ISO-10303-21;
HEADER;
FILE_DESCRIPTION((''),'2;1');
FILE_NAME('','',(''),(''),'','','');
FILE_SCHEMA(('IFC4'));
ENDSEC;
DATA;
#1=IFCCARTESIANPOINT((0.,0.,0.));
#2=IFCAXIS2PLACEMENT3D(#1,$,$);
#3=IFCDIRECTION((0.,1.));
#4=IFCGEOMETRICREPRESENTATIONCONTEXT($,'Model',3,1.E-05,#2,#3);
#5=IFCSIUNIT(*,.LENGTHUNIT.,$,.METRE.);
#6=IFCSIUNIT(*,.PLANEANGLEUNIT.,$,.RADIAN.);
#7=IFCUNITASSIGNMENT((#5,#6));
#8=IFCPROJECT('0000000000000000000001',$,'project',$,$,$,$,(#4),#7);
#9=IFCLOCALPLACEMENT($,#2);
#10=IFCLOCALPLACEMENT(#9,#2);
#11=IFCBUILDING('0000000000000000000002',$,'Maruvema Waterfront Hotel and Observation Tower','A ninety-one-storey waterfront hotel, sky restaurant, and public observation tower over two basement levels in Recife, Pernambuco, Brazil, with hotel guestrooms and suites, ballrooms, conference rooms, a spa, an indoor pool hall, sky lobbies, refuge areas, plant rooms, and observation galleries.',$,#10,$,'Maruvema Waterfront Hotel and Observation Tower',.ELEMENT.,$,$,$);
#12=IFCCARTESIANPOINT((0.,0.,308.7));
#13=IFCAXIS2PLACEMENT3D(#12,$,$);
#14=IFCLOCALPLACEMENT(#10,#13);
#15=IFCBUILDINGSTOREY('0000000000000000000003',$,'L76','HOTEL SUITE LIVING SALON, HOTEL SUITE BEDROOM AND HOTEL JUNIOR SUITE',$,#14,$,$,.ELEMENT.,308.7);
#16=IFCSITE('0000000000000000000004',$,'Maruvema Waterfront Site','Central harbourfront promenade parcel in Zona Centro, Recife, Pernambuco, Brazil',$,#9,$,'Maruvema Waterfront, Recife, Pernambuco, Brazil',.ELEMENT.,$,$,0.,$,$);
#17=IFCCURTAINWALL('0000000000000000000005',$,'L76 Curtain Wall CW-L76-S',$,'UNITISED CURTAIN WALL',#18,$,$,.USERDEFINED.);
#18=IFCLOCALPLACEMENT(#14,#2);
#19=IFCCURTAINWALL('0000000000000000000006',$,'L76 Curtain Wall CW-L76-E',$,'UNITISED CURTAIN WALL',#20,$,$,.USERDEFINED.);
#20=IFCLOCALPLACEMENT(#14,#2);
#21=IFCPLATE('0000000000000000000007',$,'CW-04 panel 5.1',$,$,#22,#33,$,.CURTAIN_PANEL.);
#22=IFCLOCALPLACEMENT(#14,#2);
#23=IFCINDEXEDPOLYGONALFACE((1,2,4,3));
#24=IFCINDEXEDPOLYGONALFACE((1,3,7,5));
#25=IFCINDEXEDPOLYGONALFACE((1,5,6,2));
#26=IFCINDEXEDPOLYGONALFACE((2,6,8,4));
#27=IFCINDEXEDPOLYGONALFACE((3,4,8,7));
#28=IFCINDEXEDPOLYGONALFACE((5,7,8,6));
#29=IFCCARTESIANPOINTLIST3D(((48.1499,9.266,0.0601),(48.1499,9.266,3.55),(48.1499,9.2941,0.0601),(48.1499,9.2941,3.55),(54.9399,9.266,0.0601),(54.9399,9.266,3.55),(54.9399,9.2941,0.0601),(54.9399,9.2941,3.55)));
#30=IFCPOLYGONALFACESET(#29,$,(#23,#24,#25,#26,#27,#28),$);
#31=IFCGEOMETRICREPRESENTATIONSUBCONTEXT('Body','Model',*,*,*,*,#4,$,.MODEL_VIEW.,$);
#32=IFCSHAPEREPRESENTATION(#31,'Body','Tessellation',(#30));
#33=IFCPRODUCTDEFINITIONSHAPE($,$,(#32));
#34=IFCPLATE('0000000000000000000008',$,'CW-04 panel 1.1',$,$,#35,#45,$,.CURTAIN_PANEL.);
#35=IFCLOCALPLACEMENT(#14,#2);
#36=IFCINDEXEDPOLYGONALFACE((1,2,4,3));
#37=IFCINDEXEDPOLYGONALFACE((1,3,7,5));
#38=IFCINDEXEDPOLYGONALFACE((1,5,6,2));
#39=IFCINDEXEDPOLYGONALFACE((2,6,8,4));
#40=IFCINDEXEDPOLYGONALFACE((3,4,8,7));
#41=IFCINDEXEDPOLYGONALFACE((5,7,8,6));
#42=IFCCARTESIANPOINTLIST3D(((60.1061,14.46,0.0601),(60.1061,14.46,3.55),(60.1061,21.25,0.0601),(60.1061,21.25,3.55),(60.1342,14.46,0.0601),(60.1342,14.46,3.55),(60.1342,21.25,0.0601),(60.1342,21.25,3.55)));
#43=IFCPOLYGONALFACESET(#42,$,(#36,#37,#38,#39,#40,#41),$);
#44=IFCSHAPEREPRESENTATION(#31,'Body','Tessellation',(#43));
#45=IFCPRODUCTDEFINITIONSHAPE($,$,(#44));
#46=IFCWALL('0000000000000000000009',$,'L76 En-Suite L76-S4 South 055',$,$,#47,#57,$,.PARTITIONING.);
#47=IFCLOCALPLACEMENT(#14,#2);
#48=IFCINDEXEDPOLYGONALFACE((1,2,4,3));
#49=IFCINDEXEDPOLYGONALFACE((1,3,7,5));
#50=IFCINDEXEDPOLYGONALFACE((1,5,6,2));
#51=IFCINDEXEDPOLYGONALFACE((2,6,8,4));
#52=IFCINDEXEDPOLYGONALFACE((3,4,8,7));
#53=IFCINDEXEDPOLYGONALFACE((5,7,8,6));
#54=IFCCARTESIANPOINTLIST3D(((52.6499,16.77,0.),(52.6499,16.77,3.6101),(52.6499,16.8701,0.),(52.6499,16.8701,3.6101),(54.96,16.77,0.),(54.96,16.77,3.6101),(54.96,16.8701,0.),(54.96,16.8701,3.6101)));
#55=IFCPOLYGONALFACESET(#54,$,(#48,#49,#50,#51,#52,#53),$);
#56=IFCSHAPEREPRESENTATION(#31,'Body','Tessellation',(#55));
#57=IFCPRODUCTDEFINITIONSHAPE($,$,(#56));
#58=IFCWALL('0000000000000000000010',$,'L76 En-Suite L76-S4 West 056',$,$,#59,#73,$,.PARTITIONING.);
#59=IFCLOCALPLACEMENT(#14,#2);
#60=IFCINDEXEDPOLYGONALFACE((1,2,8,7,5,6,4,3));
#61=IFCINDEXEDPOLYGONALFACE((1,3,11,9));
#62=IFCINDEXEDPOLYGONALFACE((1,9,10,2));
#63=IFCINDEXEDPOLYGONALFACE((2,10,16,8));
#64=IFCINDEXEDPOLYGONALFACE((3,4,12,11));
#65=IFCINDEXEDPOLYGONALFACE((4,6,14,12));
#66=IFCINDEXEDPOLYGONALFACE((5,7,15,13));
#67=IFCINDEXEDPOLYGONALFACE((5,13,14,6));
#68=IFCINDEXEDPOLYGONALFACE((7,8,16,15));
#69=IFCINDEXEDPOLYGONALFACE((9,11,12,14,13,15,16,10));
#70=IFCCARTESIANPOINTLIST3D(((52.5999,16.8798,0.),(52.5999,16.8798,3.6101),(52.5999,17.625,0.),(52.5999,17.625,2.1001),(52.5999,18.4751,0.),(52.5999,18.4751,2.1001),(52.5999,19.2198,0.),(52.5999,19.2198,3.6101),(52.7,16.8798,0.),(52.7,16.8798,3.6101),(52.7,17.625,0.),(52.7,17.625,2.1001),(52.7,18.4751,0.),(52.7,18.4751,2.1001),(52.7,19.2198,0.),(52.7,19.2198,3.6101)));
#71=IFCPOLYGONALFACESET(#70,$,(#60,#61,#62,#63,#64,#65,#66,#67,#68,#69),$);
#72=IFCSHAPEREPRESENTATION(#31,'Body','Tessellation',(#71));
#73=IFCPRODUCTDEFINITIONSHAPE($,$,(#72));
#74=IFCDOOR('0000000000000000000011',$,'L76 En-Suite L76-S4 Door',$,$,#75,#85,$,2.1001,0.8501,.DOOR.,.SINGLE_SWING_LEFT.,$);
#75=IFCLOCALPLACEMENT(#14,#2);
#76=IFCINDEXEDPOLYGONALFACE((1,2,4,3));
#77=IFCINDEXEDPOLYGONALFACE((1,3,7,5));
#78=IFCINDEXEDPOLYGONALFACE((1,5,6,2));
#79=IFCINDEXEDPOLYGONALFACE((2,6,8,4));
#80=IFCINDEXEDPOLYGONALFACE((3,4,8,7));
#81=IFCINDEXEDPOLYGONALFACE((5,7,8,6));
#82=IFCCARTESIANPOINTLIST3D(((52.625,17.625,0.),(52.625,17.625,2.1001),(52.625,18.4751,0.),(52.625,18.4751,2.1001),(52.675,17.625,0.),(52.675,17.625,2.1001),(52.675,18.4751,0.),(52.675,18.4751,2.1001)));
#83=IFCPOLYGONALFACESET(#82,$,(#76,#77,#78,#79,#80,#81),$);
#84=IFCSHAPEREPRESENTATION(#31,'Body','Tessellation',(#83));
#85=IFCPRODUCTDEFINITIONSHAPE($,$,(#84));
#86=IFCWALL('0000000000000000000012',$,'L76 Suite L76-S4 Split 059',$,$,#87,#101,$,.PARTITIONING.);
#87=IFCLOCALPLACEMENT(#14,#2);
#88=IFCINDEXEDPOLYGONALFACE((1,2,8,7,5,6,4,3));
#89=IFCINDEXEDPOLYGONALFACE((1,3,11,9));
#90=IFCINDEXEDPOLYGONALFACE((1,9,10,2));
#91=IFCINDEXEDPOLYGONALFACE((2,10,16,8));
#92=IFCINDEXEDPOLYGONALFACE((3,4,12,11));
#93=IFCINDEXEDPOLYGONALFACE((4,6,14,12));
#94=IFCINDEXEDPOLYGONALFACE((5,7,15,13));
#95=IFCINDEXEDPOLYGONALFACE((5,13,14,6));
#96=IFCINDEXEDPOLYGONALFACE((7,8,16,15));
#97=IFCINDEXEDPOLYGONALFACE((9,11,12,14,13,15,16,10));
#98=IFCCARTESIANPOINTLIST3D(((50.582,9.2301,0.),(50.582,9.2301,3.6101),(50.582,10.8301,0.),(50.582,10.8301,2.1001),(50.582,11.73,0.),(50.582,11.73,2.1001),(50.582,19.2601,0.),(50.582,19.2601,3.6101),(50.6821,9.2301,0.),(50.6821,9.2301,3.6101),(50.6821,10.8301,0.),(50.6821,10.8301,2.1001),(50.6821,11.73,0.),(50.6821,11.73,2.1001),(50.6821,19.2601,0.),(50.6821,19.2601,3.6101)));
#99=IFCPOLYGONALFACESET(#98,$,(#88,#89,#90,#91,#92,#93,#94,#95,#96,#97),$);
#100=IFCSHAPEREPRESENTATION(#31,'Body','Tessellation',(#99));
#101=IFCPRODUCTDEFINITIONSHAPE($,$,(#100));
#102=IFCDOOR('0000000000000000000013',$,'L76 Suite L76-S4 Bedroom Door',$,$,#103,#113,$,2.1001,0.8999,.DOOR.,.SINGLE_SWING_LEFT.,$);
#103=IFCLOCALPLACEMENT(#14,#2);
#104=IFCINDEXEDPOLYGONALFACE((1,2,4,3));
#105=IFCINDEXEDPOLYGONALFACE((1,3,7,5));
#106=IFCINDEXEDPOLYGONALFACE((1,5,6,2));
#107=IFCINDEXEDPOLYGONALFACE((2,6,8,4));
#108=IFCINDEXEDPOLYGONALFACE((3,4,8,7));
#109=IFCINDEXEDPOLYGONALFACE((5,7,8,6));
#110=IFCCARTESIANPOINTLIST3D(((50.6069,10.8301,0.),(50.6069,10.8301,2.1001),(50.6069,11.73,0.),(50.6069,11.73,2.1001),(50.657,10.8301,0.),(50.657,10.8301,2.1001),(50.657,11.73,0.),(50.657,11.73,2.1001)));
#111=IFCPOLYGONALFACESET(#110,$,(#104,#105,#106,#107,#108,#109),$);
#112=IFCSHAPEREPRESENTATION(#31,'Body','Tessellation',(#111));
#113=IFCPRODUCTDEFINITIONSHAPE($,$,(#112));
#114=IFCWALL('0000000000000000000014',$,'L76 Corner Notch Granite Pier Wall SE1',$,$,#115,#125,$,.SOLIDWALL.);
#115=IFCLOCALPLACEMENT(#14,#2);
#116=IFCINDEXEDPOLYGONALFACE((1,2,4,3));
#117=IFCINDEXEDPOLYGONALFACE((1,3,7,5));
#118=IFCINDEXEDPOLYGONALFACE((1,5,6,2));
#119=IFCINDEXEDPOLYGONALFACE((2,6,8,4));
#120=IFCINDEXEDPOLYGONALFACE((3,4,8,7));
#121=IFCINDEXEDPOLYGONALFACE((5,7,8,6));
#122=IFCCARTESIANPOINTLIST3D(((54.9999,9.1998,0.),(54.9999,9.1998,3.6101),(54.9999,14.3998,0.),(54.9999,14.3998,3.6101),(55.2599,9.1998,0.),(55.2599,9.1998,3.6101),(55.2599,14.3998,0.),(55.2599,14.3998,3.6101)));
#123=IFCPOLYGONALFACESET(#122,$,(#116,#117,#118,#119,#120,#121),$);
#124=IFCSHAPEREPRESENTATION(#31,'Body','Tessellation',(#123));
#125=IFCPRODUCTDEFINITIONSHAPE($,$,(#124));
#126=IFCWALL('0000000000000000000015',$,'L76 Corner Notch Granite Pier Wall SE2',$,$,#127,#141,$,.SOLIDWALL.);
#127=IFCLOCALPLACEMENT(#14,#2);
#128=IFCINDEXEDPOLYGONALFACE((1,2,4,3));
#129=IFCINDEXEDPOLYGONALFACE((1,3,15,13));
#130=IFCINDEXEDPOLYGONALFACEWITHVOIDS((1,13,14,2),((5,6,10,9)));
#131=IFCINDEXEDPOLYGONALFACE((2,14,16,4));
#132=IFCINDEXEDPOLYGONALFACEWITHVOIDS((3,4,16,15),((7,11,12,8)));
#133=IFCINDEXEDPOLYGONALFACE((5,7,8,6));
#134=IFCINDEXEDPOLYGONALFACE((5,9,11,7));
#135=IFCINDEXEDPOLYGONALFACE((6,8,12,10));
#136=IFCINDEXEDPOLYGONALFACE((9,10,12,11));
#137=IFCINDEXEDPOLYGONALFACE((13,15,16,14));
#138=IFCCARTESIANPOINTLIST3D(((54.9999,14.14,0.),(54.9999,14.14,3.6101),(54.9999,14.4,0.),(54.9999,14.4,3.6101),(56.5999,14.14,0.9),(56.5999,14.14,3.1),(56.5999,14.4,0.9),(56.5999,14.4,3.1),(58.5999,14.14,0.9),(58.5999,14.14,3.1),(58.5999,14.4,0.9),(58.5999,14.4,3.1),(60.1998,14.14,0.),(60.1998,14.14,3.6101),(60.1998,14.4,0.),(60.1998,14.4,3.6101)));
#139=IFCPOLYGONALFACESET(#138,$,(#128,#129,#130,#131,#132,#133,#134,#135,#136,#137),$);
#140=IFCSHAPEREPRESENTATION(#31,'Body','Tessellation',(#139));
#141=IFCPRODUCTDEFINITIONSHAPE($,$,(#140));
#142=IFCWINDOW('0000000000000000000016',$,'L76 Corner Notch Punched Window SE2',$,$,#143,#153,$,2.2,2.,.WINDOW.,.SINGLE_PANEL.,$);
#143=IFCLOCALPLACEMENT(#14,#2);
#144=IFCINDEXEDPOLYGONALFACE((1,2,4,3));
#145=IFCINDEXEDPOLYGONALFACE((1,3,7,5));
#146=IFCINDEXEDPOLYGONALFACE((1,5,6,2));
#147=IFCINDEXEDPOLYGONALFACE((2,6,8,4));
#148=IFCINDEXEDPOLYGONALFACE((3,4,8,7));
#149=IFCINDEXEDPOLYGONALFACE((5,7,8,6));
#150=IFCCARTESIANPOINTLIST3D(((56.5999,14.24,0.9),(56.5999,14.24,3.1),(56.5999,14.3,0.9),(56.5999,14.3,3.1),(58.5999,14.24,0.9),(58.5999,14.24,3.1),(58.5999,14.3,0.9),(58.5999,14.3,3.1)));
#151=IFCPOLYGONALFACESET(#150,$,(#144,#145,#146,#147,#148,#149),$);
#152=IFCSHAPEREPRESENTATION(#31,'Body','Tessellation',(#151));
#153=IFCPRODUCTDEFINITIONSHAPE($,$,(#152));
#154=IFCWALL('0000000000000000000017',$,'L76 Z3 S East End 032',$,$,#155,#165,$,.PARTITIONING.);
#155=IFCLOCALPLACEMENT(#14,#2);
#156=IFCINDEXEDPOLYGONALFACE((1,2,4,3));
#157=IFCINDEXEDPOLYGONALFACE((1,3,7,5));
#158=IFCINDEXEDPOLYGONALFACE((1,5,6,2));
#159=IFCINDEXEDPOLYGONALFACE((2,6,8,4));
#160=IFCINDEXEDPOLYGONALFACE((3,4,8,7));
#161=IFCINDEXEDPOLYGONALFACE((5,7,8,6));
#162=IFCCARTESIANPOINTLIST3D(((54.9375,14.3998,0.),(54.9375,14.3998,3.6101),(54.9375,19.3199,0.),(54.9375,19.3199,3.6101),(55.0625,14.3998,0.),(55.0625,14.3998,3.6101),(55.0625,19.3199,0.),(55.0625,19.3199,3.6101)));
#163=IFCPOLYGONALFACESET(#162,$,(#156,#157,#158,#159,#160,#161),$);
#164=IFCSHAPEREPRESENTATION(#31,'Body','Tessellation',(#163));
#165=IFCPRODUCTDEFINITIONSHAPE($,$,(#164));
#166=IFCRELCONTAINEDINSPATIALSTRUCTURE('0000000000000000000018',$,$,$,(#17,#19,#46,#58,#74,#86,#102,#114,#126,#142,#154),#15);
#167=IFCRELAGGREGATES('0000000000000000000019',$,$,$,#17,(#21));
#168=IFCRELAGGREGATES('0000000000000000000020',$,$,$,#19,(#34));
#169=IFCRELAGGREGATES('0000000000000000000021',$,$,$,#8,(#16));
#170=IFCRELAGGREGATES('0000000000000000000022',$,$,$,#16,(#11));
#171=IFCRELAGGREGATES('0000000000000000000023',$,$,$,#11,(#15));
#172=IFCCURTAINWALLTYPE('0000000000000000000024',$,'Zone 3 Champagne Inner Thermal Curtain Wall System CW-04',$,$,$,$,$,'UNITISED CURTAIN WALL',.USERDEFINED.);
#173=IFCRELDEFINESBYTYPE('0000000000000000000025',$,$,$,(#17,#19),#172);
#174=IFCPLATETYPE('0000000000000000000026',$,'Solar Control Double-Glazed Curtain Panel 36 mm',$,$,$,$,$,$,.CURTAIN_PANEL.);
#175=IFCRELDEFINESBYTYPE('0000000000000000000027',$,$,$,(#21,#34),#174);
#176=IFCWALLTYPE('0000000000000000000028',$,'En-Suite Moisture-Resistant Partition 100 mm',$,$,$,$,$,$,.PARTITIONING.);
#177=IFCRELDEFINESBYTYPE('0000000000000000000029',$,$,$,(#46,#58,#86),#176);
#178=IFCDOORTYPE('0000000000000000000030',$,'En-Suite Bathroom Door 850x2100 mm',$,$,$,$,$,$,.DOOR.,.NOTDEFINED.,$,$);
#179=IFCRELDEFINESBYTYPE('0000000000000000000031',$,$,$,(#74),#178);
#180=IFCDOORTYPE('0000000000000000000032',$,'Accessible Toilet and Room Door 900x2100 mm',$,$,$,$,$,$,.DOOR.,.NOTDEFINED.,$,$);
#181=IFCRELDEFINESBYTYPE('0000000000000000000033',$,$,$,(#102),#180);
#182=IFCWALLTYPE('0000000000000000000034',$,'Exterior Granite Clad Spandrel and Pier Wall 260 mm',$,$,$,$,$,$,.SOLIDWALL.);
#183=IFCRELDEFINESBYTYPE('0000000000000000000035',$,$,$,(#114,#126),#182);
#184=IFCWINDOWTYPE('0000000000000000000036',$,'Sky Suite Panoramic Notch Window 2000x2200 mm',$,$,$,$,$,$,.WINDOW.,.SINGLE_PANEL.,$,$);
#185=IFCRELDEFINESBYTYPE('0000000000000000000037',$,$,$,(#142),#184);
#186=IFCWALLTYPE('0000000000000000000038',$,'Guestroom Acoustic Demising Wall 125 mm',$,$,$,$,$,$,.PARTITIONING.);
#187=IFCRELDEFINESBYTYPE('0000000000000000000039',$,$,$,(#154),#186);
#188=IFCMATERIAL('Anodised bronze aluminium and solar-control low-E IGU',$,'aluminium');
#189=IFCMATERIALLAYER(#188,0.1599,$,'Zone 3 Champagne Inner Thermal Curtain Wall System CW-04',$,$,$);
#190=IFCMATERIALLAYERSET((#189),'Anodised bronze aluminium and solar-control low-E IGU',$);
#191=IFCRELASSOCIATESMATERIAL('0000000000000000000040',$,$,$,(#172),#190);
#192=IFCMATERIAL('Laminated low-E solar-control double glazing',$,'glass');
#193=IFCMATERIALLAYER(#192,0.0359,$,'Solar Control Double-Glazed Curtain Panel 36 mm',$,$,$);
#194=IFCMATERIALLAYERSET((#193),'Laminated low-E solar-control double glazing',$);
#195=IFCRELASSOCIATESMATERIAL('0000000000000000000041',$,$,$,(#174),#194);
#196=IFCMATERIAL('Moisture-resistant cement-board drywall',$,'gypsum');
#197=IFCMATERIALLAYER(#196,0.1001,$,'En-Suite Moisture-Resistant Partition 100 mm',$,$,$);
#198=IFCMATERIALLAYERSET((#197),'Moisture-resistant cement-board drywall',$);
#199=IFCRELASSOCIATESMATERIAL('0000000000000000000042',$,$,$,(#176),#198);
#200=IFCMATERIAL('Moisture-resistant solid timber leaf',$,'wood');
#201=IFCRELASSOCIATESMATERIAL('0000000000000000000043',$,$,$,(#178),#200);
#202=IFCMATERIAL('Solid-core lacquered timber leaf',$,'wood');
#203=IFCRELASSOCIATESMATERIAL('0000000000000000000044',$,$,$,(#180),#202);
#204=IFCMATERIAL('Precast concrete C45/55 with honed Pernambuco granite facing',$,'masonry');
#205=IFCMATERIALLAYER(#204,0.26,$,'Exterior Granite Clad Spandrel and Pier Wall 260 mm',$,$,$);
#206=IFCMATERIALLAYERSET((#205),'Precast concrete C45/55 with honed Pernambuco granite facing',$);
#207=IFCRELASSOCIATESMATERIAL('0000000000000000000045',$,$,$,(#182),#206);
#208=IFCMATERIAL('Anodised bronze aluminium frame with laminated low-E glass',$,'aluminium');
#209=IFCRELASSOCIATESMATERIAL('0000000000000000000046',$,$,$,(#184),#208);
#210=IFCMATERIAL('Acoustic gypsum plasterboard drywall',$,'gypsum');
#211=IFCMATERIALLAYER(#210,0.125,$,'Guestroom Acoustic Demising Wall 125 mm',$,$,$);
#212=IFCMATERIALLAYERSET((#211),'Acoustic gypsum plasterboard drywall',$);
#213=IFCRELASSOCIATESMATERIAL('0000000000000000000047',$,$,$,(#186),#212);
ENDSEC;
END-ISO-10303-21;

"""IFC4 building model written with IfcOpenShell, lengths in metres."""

from ifc_helpers import new_model, si_unit, direction, frame, frame_2d, origin, origin_2d, place, context, subcontext, project, spatial, rectangle, extrude, material, layer, layer_set, type_object, element, fill, aggregate, save


model = new_model("IFC4")

# Units and contexts
model_context = context("Model", 3, precision=1e-05, world=origin(), true_north=direction((0.0, 1.0)))
body_context = subcontext(model_context, "Body", "Model", "MODEL_VIEW")
ifc_project = project(units=[si_unit("LENGTHUNIT", "METRE"), si_unit("PLANEANGLEUNIT", "RADIAN")], contexts=[model_context])

# Site, building, storey
site_placement = place(None, origin())
site = spatial("IfcSite", under=ifc_project, at=site_placement, Name="Maruvema Waterfront Site", Description="Central harbourfront promenade parcel in Zona Centro, Recife, Pernambuco, Brazil", LongName="Maruvema Waterfront, Recife, Pernambuco, Brazil", CompositionType="ELEMENT", RefElevation=0.0)
building_placement = place(site_placement, origin())
building = spatial("IfcBuilding", under=site, at=building_placement, Name="Maruvema Waterfront Hotel and Observation Tower", Description="A ninety-one-storey waterfront hotel, sky restaurant, and public observation tower over two basement levels in Recife, Pernambuco, Brazil, with hotel guestrooms and suites, ballrooms, conference rooms, a spa, an indoor pool hall, sky lobbies, refuge areas, plant rooms, and observation galleries.", LongName="Maruvema Waterfront Hotel and Observation Tower", CompositionType="ELEMENT")
storey_placement = place(building_placement, frame((0.0, 0.0, 308.7)))
storey = spatial("IfcBuildingStorey", under=building, at=storey_placement, Name="L76", Description="HOTEL SUITE LIVING SALON, HOTEL SUITE BEDROOM AND HOTEL JUNIOR SUITE", CompositionType="ELEMENT", Elevation=308.7)

# Curtain wall
ifc_material_1 = material(Name="Anodised bronze aluminium and solar-control low-E IGU", Category="aluminium")
ifc_layer_1 = layer(ifc_material_1, 0.1599, Name="Zone 3 Champagne Inner Thermal Curtain Wall System CW-04")
ifc_layer_set_1 = layer_set([ifc_layer_1], Name="Anodised bronze aluminium and solar-control low-E IGU")
curtain_wall_type = type_object("IfcCurtainWallType", Name="Zone 3 Champagne Inner Thermal Curtain Wall System CW-04", ElementType="UNITISED CURTAIN WALL", PredefinedType="USERDEFINED", material=ifc_layer_set_1)
curtain_wall_1_placement = place(storey_placement, origin())
curtain_wall_1 = element("IfcCurtainWall", 1, at=curtain_wall_1_placement, inside=storey, type_object=curtain_wall_type, Name="L76 Curtain Wall CW-L76-S", ObjectType="UNITISED CURTAIN WALL", PredefinedType="USERDEFINED")

# Curtain wall
curtain_wall_2_placement = place(storey_placement, origin())
curtain_wall_2 = element("IfcCurtainWall", 2, at=curtain_wall_2_placement, inside=storey, type_object=curtain_wall_type, Name="L76 Curtain Wall CW-L76-E", ObjectType="UNITISED CURTAIN WALL", PredefinedType="USERDEFINED")

# Plates
ifc_material_2 = material(Name="Laminated low-E solar-control double glazing", Category="glass")
ifc_layer_2 = layer(ifc_material_2, 0.0359, Name="Solar Control Double-Glazed Curtain Panel 36 mm")
ifc_layer_set_2 = layer_set([ifc_layer_2], Name="Laminated low-E solar-control double glazing")
plate_type = type_object("IfcPlateType", Name="Solar Control Double-Glazed Curtain Panel 36 mm", PredefinedType="CURTAIN_PANEL", material=ifc_layer_set_2)
plate_1_placement = place(storey_placement, frame((51.5449, 9.28, 0.0601), z_axis=(0.0, 0.0, 1.0), x_axis=(1.0, 0.0, 0.0)))
plate_1 = element("IfcPlate", 3, at=plate_1_placement, type_object=plate_type, Name="CW-04 panel 5.1", PredefinedType="CURTAIN_PANEL", context=body_context, shape_type="SweptSolid", body=[
    extrude(rectangle(XDim=6.79, YDim=0.0281, at=origin_2d()), origin(), (0.0, 0.0, 1.0), 3.49),
])
aggregate(curtain_wall_1, [plate_1])
plate_2_placement = place(storey_placement, frame((60.1201, 17.855, 0.0601), z_axis=(0.0, 0.0, 1.0), x_axis=(0.0, 1.0, 0.0)))
plate_2 = element("IfcPlate", 4, at=plate_2_placement, type_object=plate_type, Name="CW-04 panel 1.1", PredefinedType="CURTAIN_PANEL", context=body_context, shape_type="SweptSolid", body=[
    extrude(rectangle(XDim=6.79, YDim=0.0281, at=origin_2d()), origin(), (0.0, 0.0, 1.0), 3.49),
])
aggregate(curtain_wall_2, [plate_2])

# Wall
ifc_material_3 = material(Name="Moisture-resistant cement-board drywall", Category="gypsum")
ifc_layer_3 = layer(ifc_material_3, 0.1001, Name="En-Suite Moisture-Resistant Partition 100 mm")
ifc_layer_set_3 = layer_set([ifc_layer_3], Name="Moisture-resistant cement-board drywall")
wall_type_1 = type_object("IfcWallType", Name="En-Suite Moisture-Resistant Partition 100 mm", PredefinedType="PARTITIONING", material=ifc_layer_set_3)
wall_1_placement = place(storey_placement, frame((52.6499, 16.8201, 0.0), z_axis=(0.0, 0.0, 1.0), x_axis=(1.0, 0.0, 0.0)))
element("IfcWall", 5, at=wall_1_placement, inside=storey, type_object=wall_type_1, Name="L76 En-Suite L76-S4 South 055", PredefinedType="PARTITIONING", context=body_context, shape_type="SweptSolid", body=[
    extrude(rectangle(XDim=2.3101, YDim=0.1001, at=frame_2d((1.155, 0.0))), origin(), (0.0, 0.0, 1.0), 3.6101),
])

# Walls, openings, doors
wall_2_placement = place(storey_placement, frame((52.6499, 16.8799, 0.0), z_axis=(0.0, 0.0, 1.0), x_axis=(0.0, 1.0, 0.0)))
wall_2 = element("IfcWall", 6, at=wall_2_placement, inside=storey, type_object=wall_type_1, Name="L76 En-Suite L76-S4 West 056", PredefinedType="PARTITIONING", context=body_context, shape_type="SweptSolid", body=[
    extrude(rectangle(XDim=2.3401, YDim=0.1001, at=frame_2d((1.1699, 0.0))), origin(), (0.0, 0.0, 1.0), 3.6101),
])
opening_1_placement = place(wall_2_placement, frame((0.7451, 0.0, 0.0)))
opening_1 = element("IfcOpeningElement", 7, at=opening_1_placement, cuts=wall_2, PredefinedType="OPENING", context=body_context, shape_type="SweptSolid", body=[
    extrude(rectangle(XDim=0.8501, YDim=2.1001, at=frame_2d((0.425, 1.05))), frame((0.0, 0.0601, 0.0), z_axis=(0.0, -1.0, 0.0), x_axis=(1.0, 0.0, 0.0)), (0.0, 0.0, 1.0), 0.1201),
])
ifc_material_4 = material(Name="Moisture-resistant solid timber leaf", Category="wood")
door_type_1 = type_object("IfcDoorType", Name="En-Suite Bathroom Door 850x2100 mm", OperationType="NOTDEFINED", PredefinedType="DOOR", material=ifc_material_4)
door_1_placement = place(opening_1_placement, origin())
door_1 = element("IfcDoor", 8, at=door_1_placement, inside=storey, type_object=door_type_1, Name="L76 En-Suite L76-S4 Door", OperationType="SINGLE_SWING_LEFT", OverallHeight=2.1001, OverallWidth=0.8501, PredefinedType="DOOR", context=body_context, shape_type="SweptSolid", body=[
    extrude(rectangle(XDim=0.8501, YDim=2.1001, at=frame_2d((0.425, 1.05))), frame((0.0, 0.0249, 0.0), z_axis=(0.0, -1.0, 0.0), x_axis=(1.0, 0.0, 0.0)), (0.0, 0.0, 1.0), 0.05),
])
fill(opening_1, door_1)
wall_3_placement = place(storey_placement, frame((50.6321, 9.23, 0.0), z_axis=(0.0, 0.0, 1.0), x_axis=(0.0, 1.0, 0.0)))
wall_3 = element("IfcWall", 9, at=wall_3_placement, inside=storey, type_object=wall_type_1, Name="L76 Suite L76-S4 Split 059", PredefinedType="PARTITIONING", context=body_context, shape_type="SweptSolid", body=[
    extrude(rectangle(XDim=10.03, YDim=0.1001, at=frame_2d((5.0151, 0.0))), origin(), (0.0, 0.0, 1.0), 3.6101),
])
opening_2_placement = place(wall_3_placement, frame((1.6001, 0.0, 0.0)))
opening_2 = element("IfcOpeningElement", 10, at=opening_2_placement, cuts=wall_3, PredefinedType="OPENING", context=body_context, shape_type="SweptSolid", body=[
    extrude(rectangle(XDim=0.8999, YDim=2.1001, at=frame_2d((0.45, 1.05))), frame((0.0, 0.0601, 0.0), z_axis=(0.0, -1.0, 0.0), x_axis=(1.0, 0.0, 0.0)), (0.0, 0.0, 1.0), 0.1201),
])
ifc_material_5 = material(Name="Solid-core lacquered timber leaf", Category="wood")
door_type_2 = type_object("IfcDoorType", Name="Accessible Toilet and Room Door 900x2100 mm", OperationType="NOTDEFINED", PredefinedType="DOOR", material=ifc_material_5)
door_2_placement = place(opening_2_placement, frame((0.8999, 0.0, 0.0), z_axis=(0.0, 0.0, 1.0), x_axis=(-1.0, 0.0, 0.0)))
door_2 = element("IfcDoor", 11, at=door_2_placement, inside=storey, type_object=door_type_2, Name="L76 Suite L76-S4 Bedroom Door", OperationType="SINGLE_SWING_LEFT", OverallHeight=2.1001, OverallWidth=0.8999, PredefinedType="DOOR", context=body_context, shape_type="SweptSolid", body=[
    extrude(rectangle(XDim=0.8999, YDim=2.1001, at=frame_2d((0.45, 1.05))), frame((0.0, 0.0249, 0.0), z_axis=(0.0, -1.0, 0.0), x_axis=(1.0, 0.0, 0.0)), (0.0, 0.0, 1.0), 0.05),
])
fill(opening_2, door_2)

# Wall
ifc_material_6 = material(Name="Precast concrete C45/55 with honed Pernambuco granite facing", Category="masonry")
ifc_layer_4 = layer(ifc_material_6, 0.26, Name="Exterior Granite Clad Spandrel and Pier Wall 260 mm")
ifc_layer_set_4 = layer_set([ifc_layer_4], Name="Precast concrete C45/55 with honed Pernambuco granite facing")
wall_type_2 = type_object("IfcWallType", Name="Exterior Granite Clad Spandrel and Pier Wall 260 mm", PredefinedType="SOLIDWALL", material=ifc_layer_set_4)
wall_4_placement = place(storey_placement, frame((55.1299, 14.3999, 0.0), z_axis=(0.0, 0.0, 1.0), x_axis=(0.0, -1.0, 0.0)))
element("IfcWall", 12, at=wall_4_placement, inside=storey, type_object=wall_type_2, Name="L76 Corner Notch Granite Pier Wall SE1", PredefinedType="SOLIDWALL", context=body_context, shape_type="SweptSolid", body=[
    extrude(rectangle(XDim=5.2, YDim=0.26, at=frame_2d((2.6001, 0.0))), origin(), (0.0, 0.0, 1.0), 3.6101),
])

# Wall, opening, window
wall_5_placement = place(storey_placement, frame((60.2, 14.27, 0.0), z_axis=(0.0, 0.0, 1.0), x_axis=(-1.0, 0.0, 0.0)))
wall_5 = element("IfcWall", 13, at=wall_5_placement, inside=storey, type_object=wall_type_2, Name="L76 Corner Notch Granite Pier Wall SE2", PredefinedType="SOLIDWALL", context=body_context, shape_type="SweptSolid", body=[
    extrude(rectangle(XDim=5.2, YDim=0.26, at=frame_2d((2.6001, 0.0))), origin(), (0.0, 0.0, 1.0), 3.6101),
])
opening_3_placement = place(wall_5_placement, frame((1.6001, 0.0, 0.8999)))
opening_3 = element("IfcOpeningElement", 14, at=opening_3_placement, cuts=wall_5, PredefinedType="OPENING", context=body_context, shape_type="SweptSolid", body=[
    extrude(rectangle(XDim=2.0, YDim=2.2, at=frame_2d((1.0, 1.1001))), frame((0.0, 0.1401, 0.0), z_axis=(0.0, -1.0, 0.0), x_axis=(1.0, 0.0, 0.0)), (0.0, 0.0, 1.0), 0.28),
])
ifc_material_7 = material(Name="Anodised bronze aluminium frame with laminated low-E glass", Category="aluminium")
window_type = type_object("IfcWindowType", Name="Sky Suite Panoramic Notch Window 2000x2200 mm", PartitioningType="SINGLE_PANEL", PredefinedType="WINDOW", material=ifc_material_7)
window_placement = place(opening_3_placement, origin())
window = element("IfcWindow", 15, at=window_placement, inside=storey, type_object=window_type, Name="L76 Corner Notch Punched Window SE2", OverallHeight=2.2, OverallWidth=2.0, PartitioningType="SINGLE_PANEL", PredefinedType="WINDOW", context=body_context, shape_type="SweptSolid", body=[
    extrude(rectangle(XDim=2.0, YDim=2.2, at=frame_2d((1.0, 1.1001))), frame((0.0, 0.03, 0.0), z_axis=(0.0, -1.0, 0.0), x_axis=(1.0, 0.0, 0.0)), (0.0, 0.0, 1.0), 0.0601),
])
fill(opening_3, window)

# Wall
ifc_material_8 = material(Name="Acoustic gypsum plasterboard drywall", Category="gypsum")
ifc_layer_5 = layer(ifc_material_8, 0.125, Name="Guestroom Acoustic Demising Wall 125 mm")
ifc_layer_set_5 = layer_set([ifc_layer_5], Name="Acoustic gypsum plasterboard drywall")
wall_type_3 = type_object("IfcWallType", Name="Guestroom Acoustic Demising Wall 125 mm", PredefinedType="PARTITIONING", material=ifc_layer_set_5)
wall_6_placement = place(storey_placement, frame((55.0, 14.3999, 0.0), z_axis=(0.0, 0.0, 1.0), x_axis=(0.0, 1.0, 0.0)))
element("IfcWall", 16, at=wall_6_placement, inside=storey, type_object=wall_type_3, Name="L76 Z3 S East End 032", PredefinedType="PARTITIONING", context=body_context, shape_type="SweptSolid", body=[
    extrude(rectangle(XDim=4.9202, YDim=0.125, at=frame_2d((2.46, 0.0))), origin(), (0.0, 0.0, 1.0), 3.6101),
])

save(model, "model.ifc")
